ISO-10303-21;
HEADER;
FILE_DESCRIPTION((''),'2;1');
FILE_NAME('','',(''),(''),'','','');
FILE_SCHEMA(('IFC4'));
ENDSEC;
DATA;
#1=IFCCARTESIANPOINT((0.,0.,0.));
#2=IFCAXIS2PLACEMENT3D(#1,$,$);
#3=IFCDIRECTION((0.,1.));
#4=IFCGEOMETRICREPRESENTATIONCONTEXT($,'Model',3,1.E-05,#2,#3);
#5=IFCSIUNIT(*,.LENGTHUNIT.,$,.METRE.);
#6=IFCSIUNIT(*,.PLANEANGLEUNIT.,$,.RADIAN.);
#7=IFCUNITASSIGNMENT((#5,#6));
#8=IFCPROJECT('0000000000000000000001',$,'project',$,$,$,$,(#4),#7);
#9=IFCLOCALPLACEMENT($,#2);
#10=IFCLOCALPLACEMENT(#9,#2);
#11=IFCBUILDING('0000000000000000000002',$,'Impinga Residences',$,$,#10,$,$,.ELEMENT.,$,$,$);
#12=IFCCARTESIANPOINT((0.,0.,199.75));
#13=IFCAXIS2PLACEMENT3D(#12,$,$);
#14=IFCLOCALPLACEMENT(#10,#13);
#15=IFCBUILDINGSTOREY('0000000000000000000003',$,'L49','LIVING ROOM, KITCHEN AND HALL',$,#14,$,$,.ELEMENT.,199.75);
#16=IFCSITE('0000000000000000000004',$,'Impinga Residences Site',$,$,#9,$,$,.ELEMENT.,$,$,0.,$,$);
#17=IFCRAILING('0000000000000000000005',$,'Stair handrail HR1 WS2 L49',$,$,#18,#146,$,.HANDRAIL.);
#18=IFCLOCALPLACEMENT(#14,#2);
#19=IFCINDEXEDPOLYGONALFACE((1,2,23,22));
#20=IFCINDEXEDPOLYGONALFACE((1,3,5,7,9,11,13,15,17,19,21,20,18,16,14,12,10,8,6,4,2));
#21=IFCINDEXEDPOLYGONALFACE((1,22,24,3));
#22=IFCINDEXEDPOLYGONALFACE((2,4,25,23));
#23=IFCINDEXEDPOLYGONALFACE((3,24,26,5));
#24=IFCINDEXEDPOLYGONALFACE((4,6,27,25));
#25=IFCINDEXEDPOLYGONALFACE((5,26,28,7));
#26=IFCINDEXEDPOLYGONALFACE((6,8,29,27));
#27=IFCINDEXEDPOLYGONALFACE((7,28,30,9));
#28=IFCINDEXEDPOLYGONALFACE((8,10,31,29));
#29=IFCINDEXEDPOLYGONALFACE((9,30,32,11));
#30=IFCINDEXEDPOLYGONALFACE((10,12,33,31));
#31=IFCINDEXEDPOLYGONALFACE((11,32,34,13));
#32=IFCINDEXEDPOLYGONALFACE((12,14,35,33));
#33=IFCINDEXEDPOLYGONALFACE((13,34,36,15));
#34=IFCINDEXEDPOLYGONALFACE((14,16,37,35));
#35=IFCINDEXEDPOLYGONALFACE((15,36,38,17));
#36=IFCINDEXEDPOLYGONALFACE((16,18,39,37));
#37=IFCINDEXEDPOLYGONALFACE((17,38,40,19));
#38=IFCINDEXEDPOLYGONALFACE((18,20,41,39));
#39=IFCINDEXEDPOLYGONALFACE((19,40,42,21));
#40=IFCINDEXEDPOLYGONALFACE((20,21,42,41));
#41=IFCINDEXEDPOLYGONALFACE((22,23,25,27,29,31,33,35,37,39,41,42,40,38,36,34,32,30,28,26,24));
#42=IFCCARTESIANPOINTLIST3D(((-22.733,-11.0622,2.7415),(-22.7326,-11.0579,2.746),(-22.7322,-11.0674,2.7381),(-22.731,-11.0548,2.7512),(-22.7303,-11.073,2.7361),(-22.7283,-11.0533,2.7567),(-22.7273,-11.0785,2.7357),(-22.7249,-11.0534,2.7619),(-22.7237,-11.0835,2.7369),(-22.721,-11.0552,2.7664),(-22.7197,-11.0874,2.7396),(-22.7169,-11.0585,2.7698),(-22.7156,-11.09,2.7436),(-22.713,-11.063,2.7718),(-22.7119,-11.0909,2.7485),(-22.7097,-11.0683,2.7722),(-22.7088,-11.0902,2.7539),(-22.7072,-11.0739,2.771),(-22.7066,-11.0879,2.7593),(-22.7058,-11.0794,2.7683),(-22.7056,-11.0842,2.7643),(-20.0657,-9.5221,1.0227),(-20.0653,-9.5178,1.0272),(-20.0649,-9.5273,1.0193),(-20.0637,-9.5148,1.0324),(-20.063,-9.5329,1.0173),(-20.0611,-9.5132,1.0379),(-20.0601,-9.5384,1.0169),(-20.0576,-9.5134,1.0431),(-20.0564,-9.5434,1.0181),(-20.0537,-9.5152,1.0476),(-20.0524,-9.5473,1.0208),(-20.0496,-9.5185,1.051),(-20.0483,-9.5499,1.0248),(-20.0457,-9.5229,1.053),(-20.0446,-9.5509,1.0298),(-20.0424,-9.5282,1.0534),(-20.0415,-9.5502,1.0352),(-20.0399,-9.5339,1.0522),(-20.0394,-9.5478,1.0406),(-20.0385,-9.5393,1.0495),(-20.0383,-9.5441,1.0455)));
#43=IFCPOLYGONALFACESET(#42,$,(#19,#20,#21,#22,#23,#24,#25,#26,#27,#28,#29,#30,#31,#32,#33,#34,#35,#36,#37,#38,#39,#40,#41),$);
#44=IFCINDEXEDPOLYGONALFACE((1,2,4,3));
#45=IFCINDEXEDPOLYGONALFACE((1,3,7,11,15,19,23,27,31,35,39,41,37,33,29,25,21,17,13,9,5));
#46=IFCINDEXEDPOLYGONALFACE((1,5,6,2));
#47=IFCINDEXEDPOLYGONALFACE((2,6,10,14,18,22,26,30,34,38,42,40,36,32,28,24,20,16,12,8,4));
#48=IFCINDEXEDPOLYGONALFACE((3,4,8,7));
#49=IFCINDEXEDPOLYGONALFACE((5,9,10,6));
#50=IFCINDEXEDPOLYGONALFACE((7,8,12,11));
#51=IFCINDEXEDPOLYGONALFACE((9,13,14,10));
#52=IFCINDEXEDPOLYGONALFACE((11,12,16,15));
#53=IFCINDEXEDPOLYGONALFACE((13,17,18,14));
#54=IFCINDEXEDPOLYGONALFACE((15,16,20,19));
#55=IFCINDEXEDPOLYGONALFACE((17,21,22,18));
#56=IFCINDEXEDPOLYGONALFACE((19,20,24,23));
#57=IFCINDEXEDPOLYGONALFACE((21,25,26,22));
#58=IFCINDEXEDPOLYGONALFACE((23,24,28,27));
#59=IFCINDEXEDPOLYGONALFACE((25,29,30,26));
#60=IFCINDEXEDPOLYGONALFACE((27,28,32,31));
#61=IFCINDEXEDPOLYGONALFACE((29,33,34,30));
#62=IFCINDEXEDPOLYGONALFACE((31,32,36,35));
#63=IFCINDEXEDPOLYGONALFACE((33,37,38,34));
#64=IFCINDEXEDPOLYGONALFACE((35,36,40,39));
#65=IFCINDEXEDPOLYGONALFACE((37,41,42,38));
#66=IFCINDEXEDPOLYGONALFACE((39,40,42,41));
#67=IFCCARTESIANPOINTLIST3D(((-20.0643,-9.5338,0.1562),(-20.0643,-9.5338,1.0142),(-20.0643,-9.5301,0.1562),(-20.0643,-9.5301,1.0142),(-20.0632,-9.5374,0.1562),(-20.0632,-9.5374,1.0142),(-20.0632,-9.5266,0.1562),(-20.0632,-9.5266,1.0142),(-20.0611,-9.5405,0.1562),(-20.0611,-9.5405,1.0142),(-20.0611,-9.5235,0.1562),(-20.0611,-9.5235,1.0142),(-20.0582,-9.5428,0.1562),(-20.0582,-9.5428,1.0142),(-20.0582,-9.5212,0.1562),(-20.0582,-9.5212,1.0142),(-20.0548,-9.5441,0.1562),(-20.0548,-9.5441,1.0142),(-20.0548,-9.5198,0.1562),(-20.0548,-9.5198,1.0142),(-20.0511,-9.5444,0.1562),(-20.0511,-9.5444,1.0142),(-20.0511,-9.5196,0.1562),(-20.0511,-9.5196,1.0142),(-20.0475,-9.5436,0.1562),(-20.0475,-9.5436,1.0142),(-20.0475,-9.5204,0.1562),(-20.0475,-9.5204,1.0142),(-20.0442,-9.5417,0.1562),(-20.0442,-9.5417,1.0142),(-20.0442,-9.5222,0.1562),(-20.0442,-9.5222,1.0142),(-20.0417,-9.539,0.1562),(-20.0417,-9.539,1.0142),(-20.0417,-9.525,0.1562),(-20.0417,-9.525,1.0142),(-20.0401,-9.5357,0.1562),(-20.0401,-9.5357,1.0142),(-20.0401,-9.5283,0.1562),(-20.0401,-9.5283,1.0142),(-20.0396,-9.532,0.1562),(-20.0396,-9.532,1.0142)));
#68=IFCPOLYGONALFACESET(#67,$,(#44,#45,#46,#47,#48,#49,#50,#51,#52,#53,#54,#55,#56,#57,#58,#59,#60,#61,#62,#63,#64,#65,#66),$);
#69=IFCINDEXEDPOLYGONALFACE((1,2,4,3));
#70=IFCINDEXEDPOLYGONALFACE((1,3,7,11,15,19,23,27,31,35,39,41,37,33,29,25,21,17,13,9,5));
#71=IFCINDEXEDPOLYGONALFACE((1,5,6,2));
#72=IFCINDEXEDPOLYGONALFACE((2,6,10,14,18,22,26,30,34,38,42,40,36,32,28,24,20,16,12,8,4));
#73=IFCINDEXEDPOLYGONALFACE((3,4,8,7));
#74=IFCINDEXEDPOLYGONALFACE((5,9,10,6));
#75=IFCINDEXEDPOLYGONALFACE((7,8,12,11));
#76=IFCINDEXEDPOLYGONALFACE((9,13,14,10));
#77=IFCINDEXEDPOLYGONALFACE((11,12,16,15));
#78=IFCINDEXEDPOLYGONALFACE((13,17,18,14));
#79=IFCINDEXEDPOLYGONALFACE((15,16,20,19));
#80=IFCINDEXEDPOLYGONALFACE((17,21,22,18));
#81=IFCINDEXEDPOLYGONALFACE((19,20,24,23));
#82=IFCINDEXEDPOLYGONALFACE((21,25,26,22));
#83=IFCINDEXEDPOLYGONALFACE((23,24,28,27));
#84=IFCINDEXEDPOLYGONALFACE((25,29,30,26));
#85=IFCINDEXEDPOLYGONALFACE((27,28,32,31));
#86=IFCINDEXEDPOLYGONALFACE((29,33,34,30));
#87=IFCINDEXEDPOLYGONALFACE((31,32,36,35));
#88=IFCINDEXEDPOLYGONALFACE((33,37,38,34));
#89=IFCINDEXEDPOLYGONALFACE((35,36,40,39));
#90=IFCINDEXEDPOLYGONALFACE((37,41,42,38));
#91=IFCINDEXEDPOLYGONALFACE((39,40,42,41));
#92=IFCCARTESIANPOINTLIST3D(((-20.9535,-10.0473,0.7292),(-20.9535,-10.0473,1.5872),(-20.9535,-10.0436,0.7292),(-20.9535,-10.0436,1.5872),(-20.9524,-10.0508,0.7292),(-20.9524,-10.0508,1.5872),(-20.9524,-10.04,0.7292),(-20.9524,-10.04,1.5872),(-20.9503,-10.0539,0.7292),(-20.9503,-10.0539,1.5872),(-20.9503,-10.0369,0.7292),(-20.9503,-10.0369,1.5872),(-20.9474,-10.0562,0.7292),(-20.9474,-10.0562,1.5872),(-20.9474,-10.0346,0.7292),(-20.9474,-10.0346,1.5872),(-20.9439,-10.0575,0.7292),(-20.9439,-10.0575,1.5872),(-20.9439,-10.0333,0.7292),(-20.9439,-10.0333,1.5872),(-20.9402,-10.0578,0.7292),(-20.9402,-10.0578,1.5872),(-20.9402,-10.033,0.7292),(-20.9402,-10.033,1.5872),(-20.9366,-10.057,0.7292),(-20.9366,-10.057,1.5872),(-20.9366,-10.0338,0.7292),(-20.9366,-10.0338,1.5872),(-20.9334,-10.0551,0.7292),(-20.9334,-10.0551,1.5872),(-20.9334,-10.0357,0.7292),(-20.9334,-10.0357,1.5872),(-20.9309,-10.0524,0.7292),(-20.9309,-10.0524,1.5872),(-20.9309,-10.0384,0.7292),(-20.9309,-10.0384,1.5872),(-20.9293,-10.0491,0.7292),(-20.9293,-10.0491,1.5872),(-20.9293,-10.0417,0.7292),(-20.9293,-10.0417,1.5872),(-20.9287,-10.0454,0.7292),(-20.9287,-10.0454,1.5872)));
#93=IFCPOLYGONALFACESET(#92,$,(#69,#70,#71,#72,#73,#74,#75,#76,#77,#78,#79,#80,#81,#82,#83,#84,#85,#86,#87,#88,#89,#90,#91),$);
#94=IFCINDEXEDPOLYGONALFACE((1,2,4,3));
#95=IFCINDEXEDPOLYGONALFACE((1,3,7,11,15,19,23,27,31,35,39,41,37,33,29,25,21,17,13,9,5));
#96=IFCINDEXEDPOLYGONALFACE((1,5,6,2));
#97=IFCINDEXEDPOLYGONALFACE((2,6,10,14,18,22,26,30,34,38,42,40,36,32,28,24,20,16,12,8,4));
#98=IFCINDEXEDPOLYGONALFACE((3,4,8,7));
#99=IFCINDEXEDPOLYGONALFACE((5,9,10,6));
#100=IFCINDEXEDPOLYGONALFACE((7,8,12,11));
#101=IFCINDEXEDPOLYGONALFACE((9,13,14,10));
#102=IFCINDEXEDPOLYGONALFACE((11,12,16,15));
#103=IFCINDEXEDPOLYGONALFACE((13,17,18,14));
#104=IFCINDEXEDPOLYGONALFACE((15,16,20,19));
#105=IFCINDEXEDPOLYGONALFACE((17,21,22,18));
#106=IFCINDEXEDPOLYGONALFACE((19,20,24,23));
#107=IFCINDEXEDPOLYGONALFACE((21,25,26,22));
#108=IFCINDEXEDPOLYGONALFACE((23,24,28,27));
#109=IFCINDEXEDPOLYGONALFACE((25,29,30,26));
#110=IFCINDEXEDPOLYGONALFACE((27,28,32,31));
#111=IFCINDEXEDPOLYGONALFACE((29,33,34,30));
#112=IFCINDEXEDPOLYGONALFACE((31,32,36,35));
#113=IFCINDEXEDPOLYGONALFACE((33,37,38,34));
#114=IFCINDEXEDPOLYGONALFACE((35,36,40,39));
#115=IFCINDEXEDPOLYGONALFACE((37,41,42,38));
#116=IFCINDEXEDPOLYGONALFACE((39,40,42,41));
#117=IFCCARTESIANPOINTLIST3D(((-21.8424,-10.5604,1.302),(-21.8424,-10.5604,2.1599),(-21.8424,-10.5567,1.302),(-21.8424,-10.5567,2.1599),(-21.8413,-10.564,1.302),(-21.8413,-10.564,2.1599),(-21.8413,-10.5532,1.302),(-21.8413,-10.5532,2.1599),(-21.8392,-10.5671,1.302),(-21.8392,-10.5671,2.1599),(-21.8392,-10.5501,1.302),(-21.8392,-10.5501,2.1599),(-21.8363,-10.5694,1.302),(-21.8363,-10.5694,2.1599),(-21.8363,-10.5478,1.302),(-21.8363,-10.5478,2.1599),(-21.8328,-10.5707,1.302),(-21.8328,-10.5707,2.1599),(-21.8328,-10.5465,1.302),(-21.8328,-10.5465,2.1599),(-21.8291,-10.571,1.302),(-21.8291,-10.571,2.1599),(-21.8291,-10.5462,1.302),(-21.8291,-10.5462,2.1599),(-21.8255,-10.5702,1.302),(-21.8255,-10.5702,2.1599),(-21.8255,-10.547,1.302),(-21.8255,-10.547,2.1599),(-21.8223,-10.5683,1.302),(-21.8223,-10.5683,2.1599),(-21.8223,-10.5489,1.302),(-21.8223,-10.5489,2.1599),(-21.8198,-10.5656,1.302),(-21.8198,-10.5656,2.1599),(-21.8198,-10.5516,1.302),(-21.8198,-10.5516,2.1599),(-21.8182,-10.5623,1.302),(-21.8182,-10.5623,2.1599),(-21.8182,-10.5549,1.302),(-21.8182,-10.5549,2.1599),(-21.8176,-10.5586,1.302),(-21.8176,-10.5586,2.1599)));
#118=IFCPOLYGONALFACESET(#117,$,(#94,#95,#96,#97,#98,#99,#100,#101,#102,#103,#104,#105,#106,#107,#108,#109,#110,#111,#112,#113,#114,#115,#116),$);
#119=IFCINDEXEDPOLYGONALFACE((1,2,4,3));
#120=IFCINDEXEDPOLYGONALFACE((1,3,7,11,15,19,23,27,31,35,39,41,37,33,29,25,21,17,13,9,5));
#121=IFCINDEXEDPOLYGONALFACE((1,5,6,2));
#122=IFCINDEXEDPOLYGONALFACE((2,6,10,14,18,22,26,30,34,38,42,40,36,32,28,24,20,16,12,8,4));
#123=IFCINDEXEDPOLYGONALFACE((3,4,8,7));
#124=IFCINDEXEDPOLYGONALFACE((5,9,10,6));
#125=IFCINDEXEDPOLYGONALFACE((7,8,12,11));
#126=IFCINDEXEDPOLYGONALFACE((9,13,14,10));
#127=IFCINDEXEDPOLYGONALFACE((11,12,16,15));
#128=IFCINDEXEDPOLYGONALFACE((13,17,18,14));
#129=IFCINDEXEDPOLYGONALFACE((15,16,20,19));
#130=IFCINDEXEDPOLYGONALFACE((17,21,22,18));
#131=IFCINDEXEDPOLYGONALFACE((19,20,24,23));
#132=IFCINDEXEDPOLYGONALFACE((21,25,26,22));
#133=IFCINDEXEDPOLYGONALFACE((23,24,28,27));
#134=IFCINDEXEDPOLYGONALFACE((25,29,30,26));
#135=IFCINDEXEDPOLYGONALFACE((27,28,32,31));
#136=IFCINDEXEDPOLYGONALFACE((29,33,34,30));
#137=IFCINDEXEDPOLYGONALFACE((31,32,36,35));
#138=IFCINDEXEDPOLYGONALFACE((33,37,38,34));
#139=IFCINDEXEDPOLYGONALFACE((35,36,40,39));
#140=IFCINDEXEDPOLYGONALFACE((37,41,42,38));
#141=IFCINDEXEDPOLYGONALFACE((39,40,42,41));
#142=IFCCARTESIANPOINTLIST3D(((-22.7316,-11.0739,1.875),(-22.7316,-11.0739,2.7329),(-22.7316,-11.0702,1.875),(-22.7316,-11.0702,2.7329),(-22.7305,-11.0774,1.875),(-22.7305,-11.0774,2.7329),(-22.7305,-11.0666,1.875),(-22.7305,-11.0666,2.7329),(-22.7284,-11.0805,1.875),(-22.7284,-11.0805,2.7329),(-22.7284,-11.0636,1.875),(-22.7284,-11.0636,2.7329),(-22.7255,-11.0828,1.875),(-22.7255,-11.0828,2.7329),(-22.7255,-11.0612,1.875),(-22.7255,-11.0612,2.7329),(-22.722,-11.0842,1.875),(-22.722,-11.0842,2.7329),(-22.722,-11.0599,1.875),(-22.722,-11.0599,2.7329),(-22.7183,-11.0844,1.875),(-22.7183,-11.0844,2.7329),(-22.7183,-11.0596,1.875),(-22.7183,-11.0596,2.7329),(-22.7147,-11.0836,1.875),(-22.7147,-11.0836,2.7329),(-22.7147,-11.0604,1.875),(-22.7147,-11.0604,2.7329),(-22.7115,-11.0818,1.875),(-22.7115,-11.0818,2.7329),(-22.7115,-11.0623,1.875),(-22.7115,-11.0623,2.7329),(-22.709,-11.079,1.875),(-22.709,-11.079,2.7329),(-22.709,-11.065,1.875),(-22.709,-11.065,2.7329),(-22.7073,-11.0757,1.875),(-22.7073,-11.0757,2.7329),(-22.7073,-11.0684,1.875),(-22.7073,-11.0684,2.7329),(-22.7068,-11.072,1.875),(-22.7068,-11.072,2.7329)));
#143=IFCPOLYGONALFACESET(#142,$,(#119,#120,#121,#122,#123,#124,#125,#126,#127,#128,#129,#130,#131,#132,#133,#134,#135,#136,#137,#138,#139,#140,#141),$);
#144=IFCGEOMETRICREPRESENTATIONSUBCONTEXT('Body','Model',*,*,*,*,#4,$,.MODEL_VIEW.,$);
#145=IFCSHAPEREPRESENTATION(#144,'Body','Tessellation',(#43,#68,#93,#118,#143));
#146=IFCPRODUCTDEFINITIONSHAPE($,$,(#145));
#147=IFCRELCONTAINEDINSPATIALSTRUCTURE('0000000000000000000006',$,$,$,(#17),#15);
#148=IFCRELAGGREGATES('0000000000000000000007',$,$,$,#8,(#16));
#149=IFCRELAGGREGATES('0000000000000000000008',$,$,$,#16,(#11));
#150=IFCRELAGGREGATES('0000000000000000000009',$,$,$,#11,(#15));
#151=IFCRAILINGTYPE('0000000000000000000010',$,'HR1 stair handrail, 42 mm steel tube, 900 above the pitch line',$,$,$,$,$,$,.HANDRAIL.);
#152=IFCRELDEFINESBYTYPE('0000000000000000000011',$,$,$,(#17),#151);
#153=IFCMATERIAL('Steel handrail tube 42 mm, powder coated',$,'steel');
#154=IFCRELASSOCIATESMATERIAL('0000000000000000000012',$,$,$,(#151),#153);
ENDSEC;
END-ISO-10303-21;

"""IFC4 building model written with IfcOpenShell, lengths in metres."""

from ifc_helpers import new_model, si_unit, direction, frame, origin, origin_2d, place, context, subcontext, project, spatial, circle, extrude, material, type_object, element, save


model = new_model("IFC4")

# Units and contexts
model_context = context("Model", 3, precision=1e-05, world=origin(), true_north=direction((0.0, 1.0)))
body_context = subcontext(model_context, "Body", "Model", "MODEL_VIEW")
ifc_project = project(units=[si_unit("LENGTHUNIT", "METRE"), si_unit("PLANEANGLEUNIT", "RADIAN")], contexts=[model_context])

# Site, building, storey
site_placement = place(None, origin())
site = spatial("IfcSite", under=ifc_project, at=site_placement, Name="Impinga Residences Site", CompositionType="ELEMENT", RefElevation=0.0)
building_placement = place(site_placement, origin())
building = spatial("IfcBuilding", under=site, at=building_placement, Name="Impinga Residences", CompositionType="ELEMENT")
storey_placement = place(building_placement, frame((0.0, 0.0, 199.75)))
storey = spatial("IfcBuildingStorey", under=building, at=storey_placement, Name="L49", Description="LIVING ROOM, KITCHEN AND HALL", CompositionType="ELEMENT", Elevation=199.75)

# Railing
ifc_material_1 = material(Name="Steel handrail tube 42 mm, powder coated", Category="steel")
railing_type_1 = type_object("IfcRailingType", Name="HR1 stair handrail, 42 mm steel tube, 900 above the pitch line", PredefinedType="HANDRAIL", material=ifc_material_1)
railing_1_placement = place(storey_placement, frame((-20.052, -9.532, 0.1562)))
element("IfcRailing", 1, at=railing_1_placement, inside=storey, type_object=railing_type_1, Name="Stair handrail HR1 WS2 L49", PredefinedType="HANDRAIL", context=body_context, shape_type="SweptSolid", body=[
    extrude(circle(Radius=0.021, at=origin_2d()), frame((0.0, 0.0, 0.8789), z_axis=(-0.756226, -0.436639, 0.487307), x_axis=(0.500027, -0.86601, 0.0)), (0.0, 0.0, 1.0), 3.5271),
    extrude(circle(Radius=0.0125, at=origin_2d()), origin(), (0.0, 0.0, 1.0), 0.8579),
    extrude(circle(Radius=0.0125, at=origin_2d()), frame((-0.8892, -0.5134, 0.573)), (0.0, 0.0, 1.0), 0.8579),
    extrude(circle(Radius=0.0125, at=origin_2d()), frame((-1.7781, -1.0266, 1.1458)), (0.0, 0.0, 1.0), 0.8579),
    extrude(circle(Radius=0.0125, at=origin_2d()), frame((-2.6672, -1.54, 1.7188)), (0.0, 0.0, 1.0), 0.8579),
])

save(model, "model.ifc")
